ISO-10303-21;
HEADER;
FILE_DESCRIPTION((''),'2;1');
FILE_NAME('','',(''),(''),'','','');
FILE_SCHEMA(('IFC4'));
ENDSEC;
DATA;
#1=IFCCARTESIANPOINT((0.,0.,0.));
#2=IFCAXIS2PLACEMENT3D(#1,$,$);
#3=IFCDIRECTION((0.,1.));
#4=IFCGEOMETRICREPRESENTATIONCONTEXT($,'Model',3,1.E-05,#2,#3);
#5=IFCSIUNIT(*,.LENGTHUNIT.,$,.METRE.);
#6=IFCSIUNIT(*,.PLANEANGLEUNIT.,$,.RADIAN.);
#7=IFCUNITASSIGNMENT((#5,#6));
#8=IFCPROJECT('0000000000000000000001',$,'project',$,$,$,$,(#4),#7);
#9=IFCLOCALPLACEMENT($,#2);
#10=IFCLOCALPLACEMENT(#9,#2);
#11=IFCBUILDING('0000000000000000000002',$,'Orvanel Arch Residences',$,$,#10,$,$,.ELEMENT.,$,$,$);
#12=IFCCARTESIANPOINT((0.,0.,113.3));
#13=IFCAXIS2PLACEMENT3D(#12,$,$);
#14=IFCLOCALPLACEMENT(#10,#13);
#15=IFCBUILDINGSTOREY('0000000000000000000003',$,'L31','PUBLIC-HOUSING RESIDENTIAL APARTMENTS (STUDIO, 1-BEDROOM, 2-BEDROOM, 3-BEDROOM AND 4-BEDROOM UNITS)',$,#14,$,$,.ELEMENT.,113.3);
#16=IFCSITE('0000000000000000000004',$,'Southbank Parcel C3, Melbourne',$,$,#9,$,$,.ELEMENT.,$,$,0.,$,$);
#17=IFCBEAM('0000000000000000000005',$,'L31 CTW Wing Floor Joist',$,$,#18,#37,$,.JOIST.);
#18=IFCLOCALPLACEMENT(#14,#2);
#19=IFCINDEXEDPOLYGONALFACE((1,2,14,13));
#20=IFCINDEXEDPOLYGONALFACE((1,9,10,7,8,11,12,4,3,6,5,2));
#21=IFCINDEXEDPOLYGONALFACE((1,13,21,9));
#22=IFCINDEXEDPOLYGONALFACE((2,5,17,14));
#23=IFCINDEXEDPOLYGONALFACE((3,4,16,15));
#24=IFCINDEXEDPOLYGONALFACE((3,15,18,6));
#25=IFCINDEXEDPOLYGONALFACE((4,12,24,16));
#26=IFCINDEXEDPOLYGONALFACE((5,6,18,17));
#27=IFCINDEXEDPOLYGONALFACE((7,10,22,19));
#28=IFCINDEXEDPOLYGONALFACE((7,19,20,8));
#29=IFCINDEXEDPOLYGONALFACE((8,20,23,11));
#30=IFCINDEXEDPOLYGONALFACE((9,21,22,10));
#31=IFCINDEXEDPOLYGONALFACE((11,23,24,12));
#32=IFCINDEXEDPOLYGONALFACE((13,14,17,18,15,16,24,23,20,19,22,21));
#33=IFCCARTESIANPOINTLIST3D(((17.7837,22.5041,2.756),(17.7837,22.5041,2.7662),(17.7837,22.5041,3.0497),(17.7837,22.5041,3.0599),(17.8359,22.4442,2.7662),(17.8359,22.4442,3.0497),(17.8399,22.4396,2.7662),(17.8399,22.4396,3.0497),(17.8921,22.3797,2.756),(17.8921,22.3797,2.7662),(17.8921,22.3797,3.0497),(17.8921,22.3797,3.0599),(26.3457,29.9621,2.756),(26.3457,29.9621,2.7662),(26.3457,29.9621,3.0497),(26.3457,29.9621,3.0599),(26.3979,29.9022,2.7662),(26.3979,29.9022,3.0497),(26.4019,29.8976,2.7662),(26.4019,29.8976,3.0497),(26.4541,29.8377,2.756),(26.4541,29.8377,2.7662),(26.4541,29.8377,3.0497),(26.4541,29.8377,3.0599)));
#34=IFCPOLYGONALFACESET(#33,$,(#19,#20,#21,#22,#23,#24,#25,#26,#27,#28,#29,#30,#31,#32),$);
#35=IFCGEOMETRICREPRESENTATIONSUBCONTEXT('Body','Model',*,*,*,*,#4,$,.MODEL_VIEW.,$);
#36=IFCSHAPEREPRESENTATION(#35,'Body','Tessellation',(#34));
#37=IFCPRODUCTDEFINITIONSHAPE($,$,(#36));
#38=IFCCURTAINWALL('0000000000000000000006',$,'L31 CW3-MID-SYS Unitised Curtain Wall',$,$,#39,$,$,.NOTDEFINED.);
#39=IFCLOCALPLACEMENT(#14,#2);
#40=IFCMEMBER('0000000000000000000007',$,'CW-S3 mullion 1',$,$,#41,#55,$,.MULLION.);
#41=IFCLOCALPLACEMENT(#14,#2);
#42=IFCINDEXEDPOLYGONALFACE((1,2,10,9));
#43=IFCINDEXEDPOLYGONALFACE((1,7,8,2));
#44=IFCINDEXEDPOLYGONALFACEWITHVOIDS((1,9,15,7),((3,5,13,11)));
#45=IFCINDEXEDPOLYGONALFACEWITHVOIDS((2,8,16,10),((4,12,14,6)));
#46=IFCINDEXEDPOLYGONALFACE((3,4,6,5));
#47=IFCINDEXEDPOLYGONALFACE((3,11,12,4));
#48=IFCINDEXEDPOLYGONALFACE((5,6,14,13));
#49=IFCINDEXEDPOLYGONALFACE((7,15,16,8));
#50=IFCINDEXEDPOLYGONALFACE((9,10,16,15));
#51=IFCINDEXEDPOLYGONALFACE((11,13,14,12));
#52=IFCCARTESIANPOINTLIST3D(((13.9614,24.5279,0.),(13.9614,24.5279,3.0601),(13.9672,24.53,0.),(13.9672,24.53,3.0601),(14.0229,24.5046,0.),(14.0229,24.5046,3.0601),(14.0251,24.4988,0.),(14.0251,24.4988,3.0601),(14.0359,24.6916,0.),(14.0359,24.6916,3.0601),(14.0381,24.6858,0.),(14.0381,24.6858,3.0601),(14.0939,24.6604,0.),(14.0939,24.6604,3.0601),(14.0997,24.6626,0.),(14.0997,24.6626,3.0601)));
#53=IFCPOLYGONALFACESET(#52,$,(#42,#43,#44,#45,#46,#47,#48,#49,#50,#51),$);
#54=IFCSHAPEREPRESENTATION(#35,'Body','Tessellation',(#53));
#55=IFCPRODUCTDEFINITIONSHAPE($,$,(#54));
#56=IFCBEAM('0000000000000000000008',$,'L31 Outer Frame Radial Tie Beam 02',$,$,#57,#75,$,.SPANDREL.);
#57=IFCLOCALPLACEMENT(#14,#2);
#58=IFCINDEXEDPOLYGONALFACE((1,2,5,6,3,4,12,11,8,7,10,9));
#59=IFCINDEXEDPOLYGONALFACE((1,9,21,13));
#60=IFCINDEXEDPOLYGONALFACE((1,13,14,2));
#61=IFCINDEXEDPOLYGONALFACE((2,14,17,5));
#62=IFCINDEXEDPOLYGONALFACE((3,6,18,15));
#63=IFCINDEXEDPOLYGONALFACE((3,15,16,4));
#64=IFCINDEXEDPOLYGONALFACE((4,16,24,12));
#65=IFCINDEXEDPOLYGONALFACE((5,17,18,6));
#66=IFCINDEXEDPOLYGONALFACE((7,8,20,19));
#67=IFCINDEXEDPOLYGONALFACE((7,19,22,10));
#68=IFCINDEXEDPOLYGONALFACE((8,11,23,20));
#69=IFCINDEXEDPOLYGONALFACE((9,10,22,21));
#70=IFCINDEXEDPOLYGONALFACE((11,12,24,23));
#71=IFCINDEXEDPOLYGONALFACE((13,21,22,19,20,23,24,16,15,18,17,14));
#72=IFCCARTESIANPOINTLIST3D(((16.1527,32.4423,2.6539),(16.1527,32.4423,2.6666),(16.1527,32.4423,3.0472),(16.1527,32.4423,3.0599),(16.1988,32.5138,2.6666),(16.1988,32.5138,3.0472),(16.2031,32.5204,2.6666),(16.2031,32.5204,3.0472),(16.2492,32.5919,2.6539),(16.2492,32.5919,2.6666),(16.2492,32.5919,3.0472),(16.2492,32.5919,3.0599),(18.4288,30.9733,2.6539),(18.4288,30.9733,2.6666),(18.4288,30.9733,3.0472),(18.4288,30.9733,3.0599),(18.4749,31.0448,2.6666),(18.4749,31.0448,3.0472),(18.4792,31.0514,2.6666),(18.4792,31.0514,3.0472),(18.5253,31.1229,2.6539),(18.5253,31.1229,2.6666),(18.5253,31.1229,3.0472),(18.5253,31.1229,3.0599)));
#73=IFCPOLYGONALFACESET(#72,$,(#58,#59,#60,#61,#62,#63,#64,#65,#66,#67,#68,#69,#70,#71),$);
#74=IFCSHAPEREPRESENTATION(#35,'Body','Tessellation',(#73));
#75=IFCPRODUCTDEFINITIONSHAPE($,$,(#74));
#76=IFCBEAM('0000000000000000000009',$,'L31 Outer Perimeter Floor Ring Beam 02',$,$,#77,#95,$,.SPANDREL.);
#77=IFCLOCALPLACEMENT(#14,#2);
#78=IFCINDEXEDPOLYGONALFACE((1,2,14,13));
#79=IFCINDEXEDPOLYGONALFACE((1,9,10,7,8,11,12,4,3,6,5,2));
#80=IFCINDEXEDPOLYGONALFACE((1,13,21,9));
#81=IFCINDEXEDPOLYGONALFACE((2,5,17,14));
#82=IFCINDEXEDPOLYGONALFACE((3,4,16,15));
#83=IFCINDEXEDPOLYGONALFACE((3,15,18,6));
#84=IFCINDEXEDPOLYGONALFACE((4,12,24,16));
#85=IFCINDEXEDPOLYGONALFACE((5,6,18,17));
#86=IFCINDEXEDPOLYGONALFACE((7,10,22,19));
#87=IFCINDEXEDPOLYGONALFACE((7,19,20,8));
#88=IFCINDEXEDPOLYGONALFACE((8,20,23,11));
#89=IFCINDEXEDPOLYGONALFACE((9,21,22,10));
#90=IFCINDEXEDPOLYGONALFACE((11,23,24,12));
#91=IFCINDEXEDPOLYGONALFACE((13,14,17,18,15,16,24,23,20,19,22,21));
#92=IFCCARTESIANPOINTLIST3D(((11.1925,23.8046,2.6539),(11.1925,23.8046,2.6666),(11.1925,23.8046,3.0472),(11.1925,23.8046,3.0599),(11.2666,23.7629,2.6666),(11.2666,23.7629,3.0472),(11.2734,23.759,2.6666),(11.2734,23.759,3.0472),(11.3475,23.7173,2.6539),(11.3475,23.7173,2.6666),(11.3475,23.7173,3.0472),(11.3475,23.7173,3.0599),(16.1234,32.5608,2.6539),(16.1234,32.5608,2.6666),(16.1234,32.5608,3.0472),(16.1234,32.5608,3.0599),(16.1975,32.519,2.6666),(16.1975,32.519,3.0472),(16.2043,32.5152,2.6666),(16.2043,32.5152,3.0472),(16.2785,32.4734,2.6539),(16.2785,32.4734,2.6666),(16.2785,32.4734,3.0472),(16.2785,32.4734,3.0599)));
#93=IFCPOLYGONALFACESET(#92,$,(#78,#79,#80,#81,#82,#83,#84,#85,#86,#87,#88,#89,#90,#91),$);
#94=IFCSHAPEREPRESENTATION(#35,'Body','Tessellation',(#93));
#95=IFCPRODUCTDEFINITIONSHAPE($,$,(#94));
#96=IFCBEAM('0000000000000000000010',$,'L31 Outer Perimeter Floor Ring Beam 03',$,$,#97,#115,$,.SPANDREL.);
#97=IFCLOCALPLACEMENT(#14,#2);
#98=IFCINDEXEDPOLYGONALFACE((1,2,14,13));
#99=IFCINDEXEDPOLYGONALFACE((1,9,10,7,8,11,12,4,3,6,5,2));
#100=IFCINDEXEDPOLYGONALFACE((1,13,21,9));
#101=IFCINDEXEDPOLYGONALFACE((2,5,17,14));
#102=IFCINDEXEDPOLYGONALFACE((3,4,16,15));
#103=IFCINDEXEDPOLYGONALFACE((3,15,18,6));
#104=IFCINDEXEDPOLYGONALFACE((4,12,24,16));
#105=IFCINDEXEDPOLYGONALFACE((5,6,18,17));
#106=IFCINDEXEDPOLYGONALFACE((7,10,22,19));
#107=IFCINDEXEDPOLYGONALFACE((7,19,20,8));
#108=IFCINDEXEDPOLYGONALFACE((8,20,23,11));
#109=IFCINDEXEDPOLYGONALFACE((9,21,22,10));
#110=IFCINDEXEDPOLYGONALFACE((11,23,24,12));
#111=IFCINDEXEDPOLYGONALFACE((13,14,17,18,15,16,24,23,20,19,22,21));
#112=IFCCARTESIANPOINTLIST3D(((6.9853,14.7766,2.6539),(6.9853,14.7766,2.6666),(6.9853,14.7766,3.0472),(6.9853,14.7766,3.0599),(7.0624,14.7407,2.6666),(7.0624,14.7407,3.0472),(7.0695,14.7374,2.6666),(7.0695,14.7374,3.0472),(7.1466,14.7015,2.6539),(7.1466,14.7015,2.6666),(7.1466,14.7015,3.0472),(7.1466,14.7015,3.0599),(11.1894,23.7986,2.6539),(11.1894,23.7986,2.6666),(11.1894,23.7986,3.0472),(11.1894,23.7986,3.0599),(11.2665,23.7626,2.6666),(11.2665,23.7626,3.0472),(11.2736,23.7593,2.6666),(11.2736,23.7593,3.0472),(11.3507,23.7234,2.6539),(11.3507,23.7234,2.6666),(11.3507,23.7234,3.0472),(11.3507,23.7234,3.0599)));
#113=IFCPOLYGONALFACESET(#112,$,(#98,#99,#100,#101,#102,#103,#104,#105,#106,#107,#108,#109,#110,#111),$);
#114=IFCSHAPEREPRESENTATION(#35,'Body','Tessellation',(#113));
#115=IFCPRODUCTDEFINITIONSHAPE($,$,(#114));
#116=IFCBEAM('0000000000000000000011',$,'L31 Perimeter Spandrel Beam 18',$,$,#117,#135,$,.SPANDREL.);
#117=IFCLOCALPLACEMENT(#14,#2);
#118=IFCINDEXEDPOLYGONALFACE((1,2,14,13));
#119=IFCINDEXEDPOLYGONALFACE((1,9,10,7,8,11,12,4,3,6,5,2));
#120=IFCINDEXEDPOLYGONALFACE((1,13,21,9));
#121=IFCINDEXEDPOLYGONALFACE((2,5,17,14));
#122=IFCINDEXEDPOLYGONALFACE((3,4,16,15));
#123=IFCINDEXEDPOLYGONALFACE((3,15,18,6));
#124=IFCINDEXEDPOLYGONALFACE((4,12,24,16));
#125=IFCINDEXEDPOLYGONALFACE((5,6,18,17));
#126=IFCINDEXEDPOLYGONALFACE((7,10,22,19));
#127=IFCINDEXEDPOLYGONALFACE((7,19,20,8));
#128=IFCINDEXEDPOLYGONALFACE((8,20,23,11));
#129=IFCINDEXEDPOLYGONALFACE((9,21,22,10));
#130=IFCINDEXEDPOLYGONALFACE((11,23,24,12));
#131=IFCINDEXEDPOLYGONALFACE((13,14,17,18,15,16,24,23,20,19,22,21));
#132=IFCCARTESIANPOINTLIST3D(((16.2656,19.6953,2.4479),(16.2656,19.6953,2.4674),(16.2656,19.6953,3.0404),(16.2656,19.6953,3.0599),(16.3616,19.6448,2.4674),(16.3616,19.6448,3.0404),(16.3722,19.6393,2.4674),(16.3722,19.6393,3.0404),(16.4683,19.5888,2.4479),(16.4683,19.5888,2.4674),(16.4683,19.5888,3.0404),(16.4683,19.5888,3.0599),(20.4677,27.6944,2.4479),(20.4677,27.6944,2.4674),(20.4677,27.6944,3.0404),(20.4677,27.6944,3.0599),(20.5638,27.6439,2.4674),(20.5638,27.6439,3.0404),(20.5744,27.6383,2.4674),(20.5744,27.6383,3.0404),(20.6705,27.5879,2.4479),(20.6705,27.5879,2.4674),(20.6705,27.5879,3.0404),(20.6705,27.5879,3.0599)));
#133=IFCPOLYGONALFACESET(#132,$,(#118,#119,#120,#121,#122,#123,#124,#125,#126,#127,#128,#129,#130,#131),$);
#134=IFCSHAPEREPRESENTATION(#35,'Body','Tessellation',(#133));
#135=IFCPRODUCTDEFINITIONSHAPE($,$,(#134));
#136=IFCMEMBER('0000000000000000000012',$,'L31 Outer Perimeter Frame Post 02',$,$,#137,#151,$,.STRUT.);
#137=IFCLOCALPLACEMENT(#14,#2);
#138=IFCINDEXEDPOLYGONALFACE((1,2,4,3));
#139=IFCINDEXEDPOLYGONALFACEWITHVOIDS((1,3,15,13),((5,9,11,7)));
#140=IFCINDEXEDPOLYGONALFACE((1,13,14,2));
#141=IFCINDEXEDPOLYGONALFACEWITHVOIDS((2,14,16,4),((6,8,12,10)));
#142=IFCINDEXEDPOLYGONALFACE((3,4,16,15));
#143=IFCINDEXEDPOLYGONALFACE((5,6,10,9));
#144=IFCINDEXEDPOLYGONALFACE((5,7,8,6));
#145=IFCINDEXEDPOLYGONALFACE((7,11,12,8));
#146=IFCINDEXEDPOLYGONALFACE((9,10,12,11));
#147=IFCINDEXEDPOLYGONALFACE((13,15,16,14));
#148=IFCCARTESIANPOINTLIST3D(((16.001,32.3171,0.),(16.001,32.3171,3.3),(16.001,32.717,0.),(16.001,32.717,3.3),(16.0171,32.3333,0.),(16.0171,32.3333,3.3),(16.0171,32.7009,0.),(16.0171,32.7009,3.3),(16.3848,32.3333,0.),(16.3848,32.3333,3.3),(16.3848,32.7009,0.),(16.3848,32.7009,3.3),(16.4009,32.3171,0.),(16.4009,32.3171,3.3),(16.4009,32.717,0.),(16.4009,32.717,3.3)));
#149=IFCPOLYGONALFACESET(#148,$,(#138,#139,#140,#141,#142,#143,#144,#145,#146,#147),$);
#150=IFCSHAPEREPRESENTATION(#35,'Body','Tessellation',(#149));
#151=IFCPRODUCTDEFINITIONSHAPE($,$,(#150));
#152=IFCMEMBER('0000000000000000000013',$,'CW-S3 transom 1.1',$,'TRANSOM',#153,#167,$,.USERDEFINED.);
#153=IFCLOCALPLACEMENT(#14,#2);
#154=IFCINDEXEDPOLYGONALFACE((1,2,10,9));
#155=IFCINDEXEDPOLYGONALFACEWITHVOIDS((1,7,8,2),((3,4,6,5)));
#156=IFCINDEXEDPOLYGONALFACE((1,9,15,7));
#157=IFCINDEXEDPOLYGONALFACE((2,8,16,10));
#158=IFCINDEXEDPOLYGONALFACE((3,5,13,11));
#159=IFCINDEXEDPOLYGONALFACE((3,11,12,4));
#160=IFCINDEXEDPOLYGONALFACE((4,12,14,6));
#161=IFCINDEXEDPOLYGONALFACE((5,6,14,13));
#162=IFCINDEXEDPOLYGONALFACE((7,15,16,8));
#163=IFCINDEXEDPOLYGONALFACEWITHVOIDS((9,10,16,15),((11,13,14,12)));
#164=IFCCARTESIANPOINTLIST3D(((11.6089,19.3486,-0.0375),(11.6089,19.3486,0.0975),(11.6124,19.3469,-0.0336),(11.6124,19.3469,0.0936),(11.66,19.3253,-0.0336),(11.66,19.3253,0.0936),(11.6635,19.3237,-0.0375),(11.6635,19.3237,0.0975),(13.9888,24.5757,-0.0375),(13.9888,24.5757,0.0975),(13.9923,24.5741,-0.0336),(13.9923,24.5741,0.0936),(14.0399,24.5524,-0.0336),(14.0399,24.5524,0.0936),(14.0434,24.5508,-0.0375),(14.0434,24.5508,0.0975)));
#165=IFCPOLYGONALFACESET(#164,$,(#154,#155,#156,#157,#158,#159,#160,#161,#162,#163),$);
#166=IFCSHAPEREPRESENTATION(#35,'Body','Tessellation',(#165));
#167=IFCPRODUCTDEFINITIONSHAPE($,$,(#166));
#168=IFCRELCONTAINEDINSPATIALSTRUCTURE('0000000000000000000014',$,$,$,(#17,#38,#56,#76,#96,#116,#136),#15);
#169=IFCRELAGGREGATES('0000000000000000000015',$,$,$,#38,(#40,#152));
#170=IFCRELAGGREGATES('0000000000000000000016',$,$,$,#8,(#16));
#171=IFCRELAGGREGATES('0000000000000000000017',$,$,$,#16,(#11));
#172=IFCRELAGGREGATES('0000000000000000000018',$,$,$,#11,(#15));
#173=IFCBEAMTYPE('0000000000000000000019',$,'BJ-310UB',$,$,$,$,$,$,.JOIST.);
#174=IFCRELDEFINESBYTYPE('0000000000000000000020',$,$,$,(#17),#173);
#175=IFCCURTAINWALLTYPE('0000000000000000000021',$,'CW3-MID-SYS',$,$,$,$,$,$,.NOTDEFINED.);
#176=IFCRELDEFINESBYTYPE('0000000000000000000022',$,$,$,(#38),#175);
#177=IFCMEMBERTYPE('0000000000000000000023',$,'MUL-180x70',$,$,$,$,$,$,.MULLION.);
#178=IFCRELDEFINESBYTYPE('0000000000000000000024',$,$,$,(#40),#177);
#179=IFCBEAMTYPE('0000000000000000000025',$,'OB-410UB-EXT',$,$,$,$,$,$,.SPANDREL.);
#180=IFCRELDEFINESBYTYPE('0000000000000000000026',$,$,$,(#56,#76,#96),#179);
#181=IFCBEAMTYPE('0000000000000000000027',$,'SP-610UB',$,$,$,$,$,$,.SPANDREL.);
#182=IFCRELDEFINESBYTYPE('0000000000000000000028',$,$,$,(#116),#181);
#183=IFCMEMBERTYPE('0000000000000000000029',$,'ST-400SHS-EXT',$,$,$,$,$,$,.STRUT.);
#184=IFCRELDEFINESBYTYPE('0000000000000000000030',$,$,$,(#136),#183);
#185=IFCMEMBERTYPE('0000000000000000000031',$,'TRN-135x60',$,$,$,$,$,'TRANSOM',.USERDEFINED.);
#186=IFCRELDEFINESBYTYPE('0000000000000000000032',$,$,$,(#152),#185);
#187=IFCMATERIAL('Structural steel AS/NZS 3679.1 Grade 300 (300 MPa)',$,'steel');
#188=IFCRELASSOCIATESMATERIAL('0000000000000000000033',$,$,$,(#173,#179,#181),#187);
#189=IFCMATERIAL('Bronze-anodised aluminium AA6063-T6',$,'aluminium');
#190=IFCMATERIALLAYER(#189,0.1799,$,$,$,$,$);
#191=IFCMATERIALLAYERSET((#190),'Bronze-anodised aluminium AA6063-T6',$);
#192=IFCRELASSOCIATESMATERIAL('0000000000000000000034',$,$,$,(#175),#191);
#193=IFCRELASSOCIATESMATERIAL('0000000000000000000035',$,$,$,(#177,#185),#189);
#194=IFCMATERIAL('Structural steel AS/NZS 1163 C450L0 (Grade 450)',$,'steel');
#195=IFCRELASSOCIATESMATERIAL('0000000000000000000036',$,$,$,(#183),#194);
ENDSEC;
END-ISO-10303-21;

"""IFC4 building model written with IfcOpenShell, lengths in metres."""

from ifc_helpers import new_model, si_unit, direction, frame, origin, origin_2d, place, context, subcontext, project, spatial, hollow_rectangle, i_section, extrude, material, layer, layer_set, material_profile, profile_set, type_object, element, aggregate, save


model = new_model("IFC4")

# Units and contexts
model_context = context("Model", 3, precision=1e-05, world=origin(), true_north=direction((0.0, 1.0)))
body_context = subcontext(model_context, "Body", "Model", "MODEL_VIEW")
ifc_project = project(units=[si_unit("LENGTHUNIT", "METRE"), si_unit("PLANEANGLEUNIT", "RADIAN")], contexts=[model_context])

# Site, building, storey
site_placement = place(None, origin())
site = spatial("IfcSite", under=ifc_project, at=site_placement, Name="Southbank Parcel C3, Melbourne", CompositionType="ELEMENT", RefElevation=0.0)
building_placement = place(site_placement, origin())
building = spatial("IfcBuilding", under=site, at=building_placement, Name="Orvanel Arch Residences", CompositionType="ELEMENT")
storey_placement = place(building_placement, frame((0.0, 0.0, 113.3)))
storey = spatial("IfcBuildingStorey", under=building, at=storey_placement, Name="L31", Description="PUBLIC-HOUSING RESIDENTIAL APARTMENTS (STUDIO, 1-BEDROOM, 2-BEDROOM, 3-BEDROOM AND 4-BEDROOM UNITS)", CompositionType="ELEMENT", Elevation=113.3)

# Shared definitions
ifc_material_1 = material(Name="Structural steel AS/NZS 1163 C450L0 (Grade 450)", Category="steel")

# Beam
ifc_material_2 = material(Name="Structural steel AS/NZS 3679.1 Grade 300 (300 MPa)", Category="steel")
ifc_material_profile_1 = material_profile(ifc_material_2, i_section(OverallWidth=0.165, OverallDepth=0.304, WebThickness=0.0061, FlangeThickness=0.0103, at=origin_2d()), Name="310UB40.4")
ifc_profile_set_1 = profile_set([ifc_material_profile_1], Name="Structural steel AS/NZS 3679.1 Grade 300 (300 MPa)")
beam_type_1 = type_object("IfcBeamType", Name="BJ-310UB", PredefinedType="JOIST", material=ifc_profile_set_1)
beam_1_placement = place(storey_placement, frame((26.3999, 29.8999, 2.908), z_axis=(-0.754048, -0.656819, 0.0), x_axis=(0.656819, -0.754048, 0.0)))
element("IfcBeam", 1, at=beam_1_placement, inside=storey, type_object=beam_type_1, Name="L31 CTW Wing Floor Joist", PredefinedType="JOIST", context=body_context, shape_type="SweptSolid", body=[
    extrude(i_section(OverallWidth=0.165, OverallDepth=0.304, WebThickness=0.0061, FlangeThickness=0.0103, at=origin_2d()), origin(), (0.0, 0.0, 1.0), 11.3547),
])

# Curtain wall, member
ifc_material_3 = material(Name="Bronze-anodised aluminium AA6063-T6", Category="aluminium")
ifc_layer_1 = layer(ifc_material_3, 0.1799)
ifc_layer_set_1 = layer_set([ifc_layer_1], Name="Bronze-anodised aluminium AA6063-T6")
curtain_wall_type = type_object("IfcCurtainWallType", Name="CW3-MID-SYS", PredefinedType="NOTDEFINED", material=ifc_layer_set_1)
curtain_wall_placement = place(storey_placement, origin())
curtain_wall = element("IfcCurtainWall", 2, at=curtain_wall_placement, inside=storey, type_object=curtain_wall_type, Name="L31 CW3-MID-SYS Unitised Curtain Wall", PredefinedType="NOTDEFINED")
ifc_material_profile_2 = material_profile(ifc_material_3, hollow_rectangle(XDim=0.0701, YDim=0.1799, WallThickness=0.0044, at=origin_2d()), Name="ALU180x70x4.5")
ifc_profile_set_2 = profile_set([ifc_material_profile_2], Name="Bronze-anodised aluminium AA6063-T6")
member_type_1 = type_object("IfcMemberType", Name="MUL-180x70", PredefinedType="MULLION", material=ifc_profile_set_2)
member_1_placement = place(storey_placement, frame((14.0305, 24.5952, 0.0), z_axis=(0.0, 0.0, 1.0), x_axis=(0.910113, -0.414361, 0.0)))
member_1 = element("IfcMember", 3, at=member_1_placement, type_object=member_type_1, Name="CW-S3 mullion 1", PredefinedType="MULLION", context=body_context, shape_type="SweptSolid", body=[
    extrude(hollow_rectangle(XDim=0.0701, YDim=0.1799, WallThickness=0.0044, at=origin_2d()), origin(), (0.0, 0.0, 1.0), 3.0601),
])

# Beams
ifc_material_profile_3 = material_profile(ifc_material_2, i_section(OverallWidth=0.178, OverallDepth=0.406, WebThickness=0.0078, FlangeThickness=0.0127, at=origin_2d()), Name="410UB59.7")
ifc_profile_set_3 = profile_set([ifc_material_profile_3], Name="Structural steel AS/NZS 3679.1 Grade 300 (300 MPa)")
beam_type_2 = type_object("IfcBeamType", Name="OB-410UB-EXT", PredefinedType="SPANDREL", material=ifc_profile_set_3)
beam_2_placement = place(storey_placement, frame((18.4771, 31.0481, 2.8569), z_axis=(-0.840208, 0.542264, 0.0), x_axis=(-0.542264, -0.840208, 0.0)))
element("IfcBeam", 4, at=beam_2_placement, inside=storey, type_object=beam_type_2, Name="L31 Outer Frame Radial Tie Beam 02", PredefinedType="SPANDREL", context=body_context, shape_type="SweptSolid", body=[
    extrude(i_section(OverallWidth=0.178, OverallDepth=0.406, WebThickness=0.0078, FlangeThickness=0.0127, at=origin_2d()), origin(), (0.0, 0.0, 1.0), 2.709),
])
beam_3_placement = place(storey_placement, frame((16.2009, 32.5171, 2.8569), z_axis=(-0.490685, -0.871337, 0.0), x_axis=(0.871337, -0.490685, 0.0)))
element("IfcBeam", 5, at=beam_3_placement, inside=storey, type_object=beam_type_2, Name="L31 Outer Perimeter Floor Ring Beam 02", PredefinedType="SPANDREL", context=body_context, shape_type="SweptSolid", body=[
    extrude(i_section(OverallWidth=0.178, OverallDepth=0.406, WebThickness=0.0078, FlangeThickness=0.0127, at=origin_2d()), origin(), (0.0, 0.0, 1.0), 10.0491),
])
beam_4_placement = place(storey_placement, frame((11.27, 23.761, 2.8569), z_axis=(-0.422378, -0.90642, 0.0), x_axis=(0.90642, -0.422378, 0.0)))
element("IfcBeam", 6, at=beam_4_placement, inside=storey, type_object=beam_type_2, Name="L31 Outer Perimeter Floor Ring Beam 03", PredefinedType="SPANDREL", context=body_context, shape_type="SweptSolid", body=[
    extrude(i_section(OverallWidth=0.178, OverallDepth=0.406, WebThickness=0.0078, FlangeThickness=0.0127, at=origin_2d()), origin(), (0.0, 0.0, 1.0), 9.9534),
])
ifc_material_profile_4 = material_profile(ifc_material_2, i_section(OverallWidth=0.229, OverallDepth=0.6121, WebThickness=0.012, FlangeThickness=0.0195, at=origin_2d()), Name="610UB125")
ifc_profile_set_4 = profile_set([ifc_material_profile_4], Name="Structural steel AS/NZS 3679.1 Grade 300 (300 MPa)")
beam_type_3 = type_object("IfcBeamType", Name="SP-610UB", PredefinedType="SPANDREL", material=ifc_profile_set_4)
beam_5_placement = place(storey_placement, frame((20.5691, 27.6411, 2.7539), z_axis=(-0.465065, -0.885277, 0.0), x_axis=(0.885277, -0.465065, 0.0)))
element("IfcBeam", 7, at=beam_5_placement, inside=storey, type_object=beam_type_3, Name="L31 Perimeter Spandrel Beam 18", PredefinedType="SPANDREL", context=body_context, shape_type="SweptSolid", body=[
    extrude(i_section(OverallWidth=0.229, OverallDepth=0.6121, WebThickness=0.012, FlangeThickness=0.0195, at=origin_2d()), origin(), (0.0, 0.0, 1.0), 9.0356),
])

# Members
ifc_material_profile_5 = material_profile(ifc_material_1, hollow_rectangle(XDim=0.3999, YDim=0.3999, WallThickness=0.0161, at=origin_2d()), Name="SHS400x400x16")
ifc_profile_set_5 = profile_set([ifc_material_profile_5], Name="Structural steel AS/NZS 1163 C450L0 (Grade 450)")
member_type_2 = type_object("IfcMemberType", Name="ST-400SHS-EXT", PredefinedType="STRUT", material=ifc_profile_set_5)
member_2_placement = place(storey_placement, frame((16.2009, 32.5171, 0.0), z_axis=(0.0, 0.0, 1.0), x_axis=(1.0, 0.0, 0.0)))
element("IfcMember", 8, at=member_2_placement, inside=storey, type_object=member_type_2, Name="L31 Outer Perimeter Frame Post 02", PredefinedType="STRUT", context=body_context, shape_type="SweptSolid", body=[
    extrude(hollow_rectangle(XDim=0.3999, YDim=0.3999, WallThickness=0.0161, at=origin_2d()), origin(), (0.0, 0.0, 1.0), 3.3),
])
ifc_material_profile_6 = material_profile(ifc_material_3, hollow_rectangle(XDim=0.0601, YDim=0.135, WallThickness=0.0039, at=origin_2d()), Name="ALU135x60x4")
ifc_profile_set_6 = profile_set([ifc_material_profile_6], Name="Bronze-anodised aluminium AA6063-T6")
member_type_3 = type_object("IfcMemberType", Name="TRN-135x60", ElementType="TRANSOM", PredefinedType="USERDEFINED", material=ifc_profile_set_6)
member_3_placement = place(storey_placement, frame((14.0161, 24.5632, 0.03), z_axis=(-0.414373, -0.910107, 0.0), x_axis=(0.910107, -0.414373, 0.0)))
member_3 = element("IfcMember", 9, at=member_3_placement, type_object=member_type_3, Name="CW-S3 transom 1.1", ObjectType="TRANSOM", PredefinedType="USERDEFINED", context=body_context, shape_type="SweptSolid", body=[
    extrude(hollow_rectangle(XDim=0.0601, YDim=0.135, WallThickness=0.0039, at=origin_2d()), origin(), (0.0, 0.0, 1.0), 5.7434),
])
aggregate(curtain_wall, [member_1, member_3])

save(model, "model.ifc")
